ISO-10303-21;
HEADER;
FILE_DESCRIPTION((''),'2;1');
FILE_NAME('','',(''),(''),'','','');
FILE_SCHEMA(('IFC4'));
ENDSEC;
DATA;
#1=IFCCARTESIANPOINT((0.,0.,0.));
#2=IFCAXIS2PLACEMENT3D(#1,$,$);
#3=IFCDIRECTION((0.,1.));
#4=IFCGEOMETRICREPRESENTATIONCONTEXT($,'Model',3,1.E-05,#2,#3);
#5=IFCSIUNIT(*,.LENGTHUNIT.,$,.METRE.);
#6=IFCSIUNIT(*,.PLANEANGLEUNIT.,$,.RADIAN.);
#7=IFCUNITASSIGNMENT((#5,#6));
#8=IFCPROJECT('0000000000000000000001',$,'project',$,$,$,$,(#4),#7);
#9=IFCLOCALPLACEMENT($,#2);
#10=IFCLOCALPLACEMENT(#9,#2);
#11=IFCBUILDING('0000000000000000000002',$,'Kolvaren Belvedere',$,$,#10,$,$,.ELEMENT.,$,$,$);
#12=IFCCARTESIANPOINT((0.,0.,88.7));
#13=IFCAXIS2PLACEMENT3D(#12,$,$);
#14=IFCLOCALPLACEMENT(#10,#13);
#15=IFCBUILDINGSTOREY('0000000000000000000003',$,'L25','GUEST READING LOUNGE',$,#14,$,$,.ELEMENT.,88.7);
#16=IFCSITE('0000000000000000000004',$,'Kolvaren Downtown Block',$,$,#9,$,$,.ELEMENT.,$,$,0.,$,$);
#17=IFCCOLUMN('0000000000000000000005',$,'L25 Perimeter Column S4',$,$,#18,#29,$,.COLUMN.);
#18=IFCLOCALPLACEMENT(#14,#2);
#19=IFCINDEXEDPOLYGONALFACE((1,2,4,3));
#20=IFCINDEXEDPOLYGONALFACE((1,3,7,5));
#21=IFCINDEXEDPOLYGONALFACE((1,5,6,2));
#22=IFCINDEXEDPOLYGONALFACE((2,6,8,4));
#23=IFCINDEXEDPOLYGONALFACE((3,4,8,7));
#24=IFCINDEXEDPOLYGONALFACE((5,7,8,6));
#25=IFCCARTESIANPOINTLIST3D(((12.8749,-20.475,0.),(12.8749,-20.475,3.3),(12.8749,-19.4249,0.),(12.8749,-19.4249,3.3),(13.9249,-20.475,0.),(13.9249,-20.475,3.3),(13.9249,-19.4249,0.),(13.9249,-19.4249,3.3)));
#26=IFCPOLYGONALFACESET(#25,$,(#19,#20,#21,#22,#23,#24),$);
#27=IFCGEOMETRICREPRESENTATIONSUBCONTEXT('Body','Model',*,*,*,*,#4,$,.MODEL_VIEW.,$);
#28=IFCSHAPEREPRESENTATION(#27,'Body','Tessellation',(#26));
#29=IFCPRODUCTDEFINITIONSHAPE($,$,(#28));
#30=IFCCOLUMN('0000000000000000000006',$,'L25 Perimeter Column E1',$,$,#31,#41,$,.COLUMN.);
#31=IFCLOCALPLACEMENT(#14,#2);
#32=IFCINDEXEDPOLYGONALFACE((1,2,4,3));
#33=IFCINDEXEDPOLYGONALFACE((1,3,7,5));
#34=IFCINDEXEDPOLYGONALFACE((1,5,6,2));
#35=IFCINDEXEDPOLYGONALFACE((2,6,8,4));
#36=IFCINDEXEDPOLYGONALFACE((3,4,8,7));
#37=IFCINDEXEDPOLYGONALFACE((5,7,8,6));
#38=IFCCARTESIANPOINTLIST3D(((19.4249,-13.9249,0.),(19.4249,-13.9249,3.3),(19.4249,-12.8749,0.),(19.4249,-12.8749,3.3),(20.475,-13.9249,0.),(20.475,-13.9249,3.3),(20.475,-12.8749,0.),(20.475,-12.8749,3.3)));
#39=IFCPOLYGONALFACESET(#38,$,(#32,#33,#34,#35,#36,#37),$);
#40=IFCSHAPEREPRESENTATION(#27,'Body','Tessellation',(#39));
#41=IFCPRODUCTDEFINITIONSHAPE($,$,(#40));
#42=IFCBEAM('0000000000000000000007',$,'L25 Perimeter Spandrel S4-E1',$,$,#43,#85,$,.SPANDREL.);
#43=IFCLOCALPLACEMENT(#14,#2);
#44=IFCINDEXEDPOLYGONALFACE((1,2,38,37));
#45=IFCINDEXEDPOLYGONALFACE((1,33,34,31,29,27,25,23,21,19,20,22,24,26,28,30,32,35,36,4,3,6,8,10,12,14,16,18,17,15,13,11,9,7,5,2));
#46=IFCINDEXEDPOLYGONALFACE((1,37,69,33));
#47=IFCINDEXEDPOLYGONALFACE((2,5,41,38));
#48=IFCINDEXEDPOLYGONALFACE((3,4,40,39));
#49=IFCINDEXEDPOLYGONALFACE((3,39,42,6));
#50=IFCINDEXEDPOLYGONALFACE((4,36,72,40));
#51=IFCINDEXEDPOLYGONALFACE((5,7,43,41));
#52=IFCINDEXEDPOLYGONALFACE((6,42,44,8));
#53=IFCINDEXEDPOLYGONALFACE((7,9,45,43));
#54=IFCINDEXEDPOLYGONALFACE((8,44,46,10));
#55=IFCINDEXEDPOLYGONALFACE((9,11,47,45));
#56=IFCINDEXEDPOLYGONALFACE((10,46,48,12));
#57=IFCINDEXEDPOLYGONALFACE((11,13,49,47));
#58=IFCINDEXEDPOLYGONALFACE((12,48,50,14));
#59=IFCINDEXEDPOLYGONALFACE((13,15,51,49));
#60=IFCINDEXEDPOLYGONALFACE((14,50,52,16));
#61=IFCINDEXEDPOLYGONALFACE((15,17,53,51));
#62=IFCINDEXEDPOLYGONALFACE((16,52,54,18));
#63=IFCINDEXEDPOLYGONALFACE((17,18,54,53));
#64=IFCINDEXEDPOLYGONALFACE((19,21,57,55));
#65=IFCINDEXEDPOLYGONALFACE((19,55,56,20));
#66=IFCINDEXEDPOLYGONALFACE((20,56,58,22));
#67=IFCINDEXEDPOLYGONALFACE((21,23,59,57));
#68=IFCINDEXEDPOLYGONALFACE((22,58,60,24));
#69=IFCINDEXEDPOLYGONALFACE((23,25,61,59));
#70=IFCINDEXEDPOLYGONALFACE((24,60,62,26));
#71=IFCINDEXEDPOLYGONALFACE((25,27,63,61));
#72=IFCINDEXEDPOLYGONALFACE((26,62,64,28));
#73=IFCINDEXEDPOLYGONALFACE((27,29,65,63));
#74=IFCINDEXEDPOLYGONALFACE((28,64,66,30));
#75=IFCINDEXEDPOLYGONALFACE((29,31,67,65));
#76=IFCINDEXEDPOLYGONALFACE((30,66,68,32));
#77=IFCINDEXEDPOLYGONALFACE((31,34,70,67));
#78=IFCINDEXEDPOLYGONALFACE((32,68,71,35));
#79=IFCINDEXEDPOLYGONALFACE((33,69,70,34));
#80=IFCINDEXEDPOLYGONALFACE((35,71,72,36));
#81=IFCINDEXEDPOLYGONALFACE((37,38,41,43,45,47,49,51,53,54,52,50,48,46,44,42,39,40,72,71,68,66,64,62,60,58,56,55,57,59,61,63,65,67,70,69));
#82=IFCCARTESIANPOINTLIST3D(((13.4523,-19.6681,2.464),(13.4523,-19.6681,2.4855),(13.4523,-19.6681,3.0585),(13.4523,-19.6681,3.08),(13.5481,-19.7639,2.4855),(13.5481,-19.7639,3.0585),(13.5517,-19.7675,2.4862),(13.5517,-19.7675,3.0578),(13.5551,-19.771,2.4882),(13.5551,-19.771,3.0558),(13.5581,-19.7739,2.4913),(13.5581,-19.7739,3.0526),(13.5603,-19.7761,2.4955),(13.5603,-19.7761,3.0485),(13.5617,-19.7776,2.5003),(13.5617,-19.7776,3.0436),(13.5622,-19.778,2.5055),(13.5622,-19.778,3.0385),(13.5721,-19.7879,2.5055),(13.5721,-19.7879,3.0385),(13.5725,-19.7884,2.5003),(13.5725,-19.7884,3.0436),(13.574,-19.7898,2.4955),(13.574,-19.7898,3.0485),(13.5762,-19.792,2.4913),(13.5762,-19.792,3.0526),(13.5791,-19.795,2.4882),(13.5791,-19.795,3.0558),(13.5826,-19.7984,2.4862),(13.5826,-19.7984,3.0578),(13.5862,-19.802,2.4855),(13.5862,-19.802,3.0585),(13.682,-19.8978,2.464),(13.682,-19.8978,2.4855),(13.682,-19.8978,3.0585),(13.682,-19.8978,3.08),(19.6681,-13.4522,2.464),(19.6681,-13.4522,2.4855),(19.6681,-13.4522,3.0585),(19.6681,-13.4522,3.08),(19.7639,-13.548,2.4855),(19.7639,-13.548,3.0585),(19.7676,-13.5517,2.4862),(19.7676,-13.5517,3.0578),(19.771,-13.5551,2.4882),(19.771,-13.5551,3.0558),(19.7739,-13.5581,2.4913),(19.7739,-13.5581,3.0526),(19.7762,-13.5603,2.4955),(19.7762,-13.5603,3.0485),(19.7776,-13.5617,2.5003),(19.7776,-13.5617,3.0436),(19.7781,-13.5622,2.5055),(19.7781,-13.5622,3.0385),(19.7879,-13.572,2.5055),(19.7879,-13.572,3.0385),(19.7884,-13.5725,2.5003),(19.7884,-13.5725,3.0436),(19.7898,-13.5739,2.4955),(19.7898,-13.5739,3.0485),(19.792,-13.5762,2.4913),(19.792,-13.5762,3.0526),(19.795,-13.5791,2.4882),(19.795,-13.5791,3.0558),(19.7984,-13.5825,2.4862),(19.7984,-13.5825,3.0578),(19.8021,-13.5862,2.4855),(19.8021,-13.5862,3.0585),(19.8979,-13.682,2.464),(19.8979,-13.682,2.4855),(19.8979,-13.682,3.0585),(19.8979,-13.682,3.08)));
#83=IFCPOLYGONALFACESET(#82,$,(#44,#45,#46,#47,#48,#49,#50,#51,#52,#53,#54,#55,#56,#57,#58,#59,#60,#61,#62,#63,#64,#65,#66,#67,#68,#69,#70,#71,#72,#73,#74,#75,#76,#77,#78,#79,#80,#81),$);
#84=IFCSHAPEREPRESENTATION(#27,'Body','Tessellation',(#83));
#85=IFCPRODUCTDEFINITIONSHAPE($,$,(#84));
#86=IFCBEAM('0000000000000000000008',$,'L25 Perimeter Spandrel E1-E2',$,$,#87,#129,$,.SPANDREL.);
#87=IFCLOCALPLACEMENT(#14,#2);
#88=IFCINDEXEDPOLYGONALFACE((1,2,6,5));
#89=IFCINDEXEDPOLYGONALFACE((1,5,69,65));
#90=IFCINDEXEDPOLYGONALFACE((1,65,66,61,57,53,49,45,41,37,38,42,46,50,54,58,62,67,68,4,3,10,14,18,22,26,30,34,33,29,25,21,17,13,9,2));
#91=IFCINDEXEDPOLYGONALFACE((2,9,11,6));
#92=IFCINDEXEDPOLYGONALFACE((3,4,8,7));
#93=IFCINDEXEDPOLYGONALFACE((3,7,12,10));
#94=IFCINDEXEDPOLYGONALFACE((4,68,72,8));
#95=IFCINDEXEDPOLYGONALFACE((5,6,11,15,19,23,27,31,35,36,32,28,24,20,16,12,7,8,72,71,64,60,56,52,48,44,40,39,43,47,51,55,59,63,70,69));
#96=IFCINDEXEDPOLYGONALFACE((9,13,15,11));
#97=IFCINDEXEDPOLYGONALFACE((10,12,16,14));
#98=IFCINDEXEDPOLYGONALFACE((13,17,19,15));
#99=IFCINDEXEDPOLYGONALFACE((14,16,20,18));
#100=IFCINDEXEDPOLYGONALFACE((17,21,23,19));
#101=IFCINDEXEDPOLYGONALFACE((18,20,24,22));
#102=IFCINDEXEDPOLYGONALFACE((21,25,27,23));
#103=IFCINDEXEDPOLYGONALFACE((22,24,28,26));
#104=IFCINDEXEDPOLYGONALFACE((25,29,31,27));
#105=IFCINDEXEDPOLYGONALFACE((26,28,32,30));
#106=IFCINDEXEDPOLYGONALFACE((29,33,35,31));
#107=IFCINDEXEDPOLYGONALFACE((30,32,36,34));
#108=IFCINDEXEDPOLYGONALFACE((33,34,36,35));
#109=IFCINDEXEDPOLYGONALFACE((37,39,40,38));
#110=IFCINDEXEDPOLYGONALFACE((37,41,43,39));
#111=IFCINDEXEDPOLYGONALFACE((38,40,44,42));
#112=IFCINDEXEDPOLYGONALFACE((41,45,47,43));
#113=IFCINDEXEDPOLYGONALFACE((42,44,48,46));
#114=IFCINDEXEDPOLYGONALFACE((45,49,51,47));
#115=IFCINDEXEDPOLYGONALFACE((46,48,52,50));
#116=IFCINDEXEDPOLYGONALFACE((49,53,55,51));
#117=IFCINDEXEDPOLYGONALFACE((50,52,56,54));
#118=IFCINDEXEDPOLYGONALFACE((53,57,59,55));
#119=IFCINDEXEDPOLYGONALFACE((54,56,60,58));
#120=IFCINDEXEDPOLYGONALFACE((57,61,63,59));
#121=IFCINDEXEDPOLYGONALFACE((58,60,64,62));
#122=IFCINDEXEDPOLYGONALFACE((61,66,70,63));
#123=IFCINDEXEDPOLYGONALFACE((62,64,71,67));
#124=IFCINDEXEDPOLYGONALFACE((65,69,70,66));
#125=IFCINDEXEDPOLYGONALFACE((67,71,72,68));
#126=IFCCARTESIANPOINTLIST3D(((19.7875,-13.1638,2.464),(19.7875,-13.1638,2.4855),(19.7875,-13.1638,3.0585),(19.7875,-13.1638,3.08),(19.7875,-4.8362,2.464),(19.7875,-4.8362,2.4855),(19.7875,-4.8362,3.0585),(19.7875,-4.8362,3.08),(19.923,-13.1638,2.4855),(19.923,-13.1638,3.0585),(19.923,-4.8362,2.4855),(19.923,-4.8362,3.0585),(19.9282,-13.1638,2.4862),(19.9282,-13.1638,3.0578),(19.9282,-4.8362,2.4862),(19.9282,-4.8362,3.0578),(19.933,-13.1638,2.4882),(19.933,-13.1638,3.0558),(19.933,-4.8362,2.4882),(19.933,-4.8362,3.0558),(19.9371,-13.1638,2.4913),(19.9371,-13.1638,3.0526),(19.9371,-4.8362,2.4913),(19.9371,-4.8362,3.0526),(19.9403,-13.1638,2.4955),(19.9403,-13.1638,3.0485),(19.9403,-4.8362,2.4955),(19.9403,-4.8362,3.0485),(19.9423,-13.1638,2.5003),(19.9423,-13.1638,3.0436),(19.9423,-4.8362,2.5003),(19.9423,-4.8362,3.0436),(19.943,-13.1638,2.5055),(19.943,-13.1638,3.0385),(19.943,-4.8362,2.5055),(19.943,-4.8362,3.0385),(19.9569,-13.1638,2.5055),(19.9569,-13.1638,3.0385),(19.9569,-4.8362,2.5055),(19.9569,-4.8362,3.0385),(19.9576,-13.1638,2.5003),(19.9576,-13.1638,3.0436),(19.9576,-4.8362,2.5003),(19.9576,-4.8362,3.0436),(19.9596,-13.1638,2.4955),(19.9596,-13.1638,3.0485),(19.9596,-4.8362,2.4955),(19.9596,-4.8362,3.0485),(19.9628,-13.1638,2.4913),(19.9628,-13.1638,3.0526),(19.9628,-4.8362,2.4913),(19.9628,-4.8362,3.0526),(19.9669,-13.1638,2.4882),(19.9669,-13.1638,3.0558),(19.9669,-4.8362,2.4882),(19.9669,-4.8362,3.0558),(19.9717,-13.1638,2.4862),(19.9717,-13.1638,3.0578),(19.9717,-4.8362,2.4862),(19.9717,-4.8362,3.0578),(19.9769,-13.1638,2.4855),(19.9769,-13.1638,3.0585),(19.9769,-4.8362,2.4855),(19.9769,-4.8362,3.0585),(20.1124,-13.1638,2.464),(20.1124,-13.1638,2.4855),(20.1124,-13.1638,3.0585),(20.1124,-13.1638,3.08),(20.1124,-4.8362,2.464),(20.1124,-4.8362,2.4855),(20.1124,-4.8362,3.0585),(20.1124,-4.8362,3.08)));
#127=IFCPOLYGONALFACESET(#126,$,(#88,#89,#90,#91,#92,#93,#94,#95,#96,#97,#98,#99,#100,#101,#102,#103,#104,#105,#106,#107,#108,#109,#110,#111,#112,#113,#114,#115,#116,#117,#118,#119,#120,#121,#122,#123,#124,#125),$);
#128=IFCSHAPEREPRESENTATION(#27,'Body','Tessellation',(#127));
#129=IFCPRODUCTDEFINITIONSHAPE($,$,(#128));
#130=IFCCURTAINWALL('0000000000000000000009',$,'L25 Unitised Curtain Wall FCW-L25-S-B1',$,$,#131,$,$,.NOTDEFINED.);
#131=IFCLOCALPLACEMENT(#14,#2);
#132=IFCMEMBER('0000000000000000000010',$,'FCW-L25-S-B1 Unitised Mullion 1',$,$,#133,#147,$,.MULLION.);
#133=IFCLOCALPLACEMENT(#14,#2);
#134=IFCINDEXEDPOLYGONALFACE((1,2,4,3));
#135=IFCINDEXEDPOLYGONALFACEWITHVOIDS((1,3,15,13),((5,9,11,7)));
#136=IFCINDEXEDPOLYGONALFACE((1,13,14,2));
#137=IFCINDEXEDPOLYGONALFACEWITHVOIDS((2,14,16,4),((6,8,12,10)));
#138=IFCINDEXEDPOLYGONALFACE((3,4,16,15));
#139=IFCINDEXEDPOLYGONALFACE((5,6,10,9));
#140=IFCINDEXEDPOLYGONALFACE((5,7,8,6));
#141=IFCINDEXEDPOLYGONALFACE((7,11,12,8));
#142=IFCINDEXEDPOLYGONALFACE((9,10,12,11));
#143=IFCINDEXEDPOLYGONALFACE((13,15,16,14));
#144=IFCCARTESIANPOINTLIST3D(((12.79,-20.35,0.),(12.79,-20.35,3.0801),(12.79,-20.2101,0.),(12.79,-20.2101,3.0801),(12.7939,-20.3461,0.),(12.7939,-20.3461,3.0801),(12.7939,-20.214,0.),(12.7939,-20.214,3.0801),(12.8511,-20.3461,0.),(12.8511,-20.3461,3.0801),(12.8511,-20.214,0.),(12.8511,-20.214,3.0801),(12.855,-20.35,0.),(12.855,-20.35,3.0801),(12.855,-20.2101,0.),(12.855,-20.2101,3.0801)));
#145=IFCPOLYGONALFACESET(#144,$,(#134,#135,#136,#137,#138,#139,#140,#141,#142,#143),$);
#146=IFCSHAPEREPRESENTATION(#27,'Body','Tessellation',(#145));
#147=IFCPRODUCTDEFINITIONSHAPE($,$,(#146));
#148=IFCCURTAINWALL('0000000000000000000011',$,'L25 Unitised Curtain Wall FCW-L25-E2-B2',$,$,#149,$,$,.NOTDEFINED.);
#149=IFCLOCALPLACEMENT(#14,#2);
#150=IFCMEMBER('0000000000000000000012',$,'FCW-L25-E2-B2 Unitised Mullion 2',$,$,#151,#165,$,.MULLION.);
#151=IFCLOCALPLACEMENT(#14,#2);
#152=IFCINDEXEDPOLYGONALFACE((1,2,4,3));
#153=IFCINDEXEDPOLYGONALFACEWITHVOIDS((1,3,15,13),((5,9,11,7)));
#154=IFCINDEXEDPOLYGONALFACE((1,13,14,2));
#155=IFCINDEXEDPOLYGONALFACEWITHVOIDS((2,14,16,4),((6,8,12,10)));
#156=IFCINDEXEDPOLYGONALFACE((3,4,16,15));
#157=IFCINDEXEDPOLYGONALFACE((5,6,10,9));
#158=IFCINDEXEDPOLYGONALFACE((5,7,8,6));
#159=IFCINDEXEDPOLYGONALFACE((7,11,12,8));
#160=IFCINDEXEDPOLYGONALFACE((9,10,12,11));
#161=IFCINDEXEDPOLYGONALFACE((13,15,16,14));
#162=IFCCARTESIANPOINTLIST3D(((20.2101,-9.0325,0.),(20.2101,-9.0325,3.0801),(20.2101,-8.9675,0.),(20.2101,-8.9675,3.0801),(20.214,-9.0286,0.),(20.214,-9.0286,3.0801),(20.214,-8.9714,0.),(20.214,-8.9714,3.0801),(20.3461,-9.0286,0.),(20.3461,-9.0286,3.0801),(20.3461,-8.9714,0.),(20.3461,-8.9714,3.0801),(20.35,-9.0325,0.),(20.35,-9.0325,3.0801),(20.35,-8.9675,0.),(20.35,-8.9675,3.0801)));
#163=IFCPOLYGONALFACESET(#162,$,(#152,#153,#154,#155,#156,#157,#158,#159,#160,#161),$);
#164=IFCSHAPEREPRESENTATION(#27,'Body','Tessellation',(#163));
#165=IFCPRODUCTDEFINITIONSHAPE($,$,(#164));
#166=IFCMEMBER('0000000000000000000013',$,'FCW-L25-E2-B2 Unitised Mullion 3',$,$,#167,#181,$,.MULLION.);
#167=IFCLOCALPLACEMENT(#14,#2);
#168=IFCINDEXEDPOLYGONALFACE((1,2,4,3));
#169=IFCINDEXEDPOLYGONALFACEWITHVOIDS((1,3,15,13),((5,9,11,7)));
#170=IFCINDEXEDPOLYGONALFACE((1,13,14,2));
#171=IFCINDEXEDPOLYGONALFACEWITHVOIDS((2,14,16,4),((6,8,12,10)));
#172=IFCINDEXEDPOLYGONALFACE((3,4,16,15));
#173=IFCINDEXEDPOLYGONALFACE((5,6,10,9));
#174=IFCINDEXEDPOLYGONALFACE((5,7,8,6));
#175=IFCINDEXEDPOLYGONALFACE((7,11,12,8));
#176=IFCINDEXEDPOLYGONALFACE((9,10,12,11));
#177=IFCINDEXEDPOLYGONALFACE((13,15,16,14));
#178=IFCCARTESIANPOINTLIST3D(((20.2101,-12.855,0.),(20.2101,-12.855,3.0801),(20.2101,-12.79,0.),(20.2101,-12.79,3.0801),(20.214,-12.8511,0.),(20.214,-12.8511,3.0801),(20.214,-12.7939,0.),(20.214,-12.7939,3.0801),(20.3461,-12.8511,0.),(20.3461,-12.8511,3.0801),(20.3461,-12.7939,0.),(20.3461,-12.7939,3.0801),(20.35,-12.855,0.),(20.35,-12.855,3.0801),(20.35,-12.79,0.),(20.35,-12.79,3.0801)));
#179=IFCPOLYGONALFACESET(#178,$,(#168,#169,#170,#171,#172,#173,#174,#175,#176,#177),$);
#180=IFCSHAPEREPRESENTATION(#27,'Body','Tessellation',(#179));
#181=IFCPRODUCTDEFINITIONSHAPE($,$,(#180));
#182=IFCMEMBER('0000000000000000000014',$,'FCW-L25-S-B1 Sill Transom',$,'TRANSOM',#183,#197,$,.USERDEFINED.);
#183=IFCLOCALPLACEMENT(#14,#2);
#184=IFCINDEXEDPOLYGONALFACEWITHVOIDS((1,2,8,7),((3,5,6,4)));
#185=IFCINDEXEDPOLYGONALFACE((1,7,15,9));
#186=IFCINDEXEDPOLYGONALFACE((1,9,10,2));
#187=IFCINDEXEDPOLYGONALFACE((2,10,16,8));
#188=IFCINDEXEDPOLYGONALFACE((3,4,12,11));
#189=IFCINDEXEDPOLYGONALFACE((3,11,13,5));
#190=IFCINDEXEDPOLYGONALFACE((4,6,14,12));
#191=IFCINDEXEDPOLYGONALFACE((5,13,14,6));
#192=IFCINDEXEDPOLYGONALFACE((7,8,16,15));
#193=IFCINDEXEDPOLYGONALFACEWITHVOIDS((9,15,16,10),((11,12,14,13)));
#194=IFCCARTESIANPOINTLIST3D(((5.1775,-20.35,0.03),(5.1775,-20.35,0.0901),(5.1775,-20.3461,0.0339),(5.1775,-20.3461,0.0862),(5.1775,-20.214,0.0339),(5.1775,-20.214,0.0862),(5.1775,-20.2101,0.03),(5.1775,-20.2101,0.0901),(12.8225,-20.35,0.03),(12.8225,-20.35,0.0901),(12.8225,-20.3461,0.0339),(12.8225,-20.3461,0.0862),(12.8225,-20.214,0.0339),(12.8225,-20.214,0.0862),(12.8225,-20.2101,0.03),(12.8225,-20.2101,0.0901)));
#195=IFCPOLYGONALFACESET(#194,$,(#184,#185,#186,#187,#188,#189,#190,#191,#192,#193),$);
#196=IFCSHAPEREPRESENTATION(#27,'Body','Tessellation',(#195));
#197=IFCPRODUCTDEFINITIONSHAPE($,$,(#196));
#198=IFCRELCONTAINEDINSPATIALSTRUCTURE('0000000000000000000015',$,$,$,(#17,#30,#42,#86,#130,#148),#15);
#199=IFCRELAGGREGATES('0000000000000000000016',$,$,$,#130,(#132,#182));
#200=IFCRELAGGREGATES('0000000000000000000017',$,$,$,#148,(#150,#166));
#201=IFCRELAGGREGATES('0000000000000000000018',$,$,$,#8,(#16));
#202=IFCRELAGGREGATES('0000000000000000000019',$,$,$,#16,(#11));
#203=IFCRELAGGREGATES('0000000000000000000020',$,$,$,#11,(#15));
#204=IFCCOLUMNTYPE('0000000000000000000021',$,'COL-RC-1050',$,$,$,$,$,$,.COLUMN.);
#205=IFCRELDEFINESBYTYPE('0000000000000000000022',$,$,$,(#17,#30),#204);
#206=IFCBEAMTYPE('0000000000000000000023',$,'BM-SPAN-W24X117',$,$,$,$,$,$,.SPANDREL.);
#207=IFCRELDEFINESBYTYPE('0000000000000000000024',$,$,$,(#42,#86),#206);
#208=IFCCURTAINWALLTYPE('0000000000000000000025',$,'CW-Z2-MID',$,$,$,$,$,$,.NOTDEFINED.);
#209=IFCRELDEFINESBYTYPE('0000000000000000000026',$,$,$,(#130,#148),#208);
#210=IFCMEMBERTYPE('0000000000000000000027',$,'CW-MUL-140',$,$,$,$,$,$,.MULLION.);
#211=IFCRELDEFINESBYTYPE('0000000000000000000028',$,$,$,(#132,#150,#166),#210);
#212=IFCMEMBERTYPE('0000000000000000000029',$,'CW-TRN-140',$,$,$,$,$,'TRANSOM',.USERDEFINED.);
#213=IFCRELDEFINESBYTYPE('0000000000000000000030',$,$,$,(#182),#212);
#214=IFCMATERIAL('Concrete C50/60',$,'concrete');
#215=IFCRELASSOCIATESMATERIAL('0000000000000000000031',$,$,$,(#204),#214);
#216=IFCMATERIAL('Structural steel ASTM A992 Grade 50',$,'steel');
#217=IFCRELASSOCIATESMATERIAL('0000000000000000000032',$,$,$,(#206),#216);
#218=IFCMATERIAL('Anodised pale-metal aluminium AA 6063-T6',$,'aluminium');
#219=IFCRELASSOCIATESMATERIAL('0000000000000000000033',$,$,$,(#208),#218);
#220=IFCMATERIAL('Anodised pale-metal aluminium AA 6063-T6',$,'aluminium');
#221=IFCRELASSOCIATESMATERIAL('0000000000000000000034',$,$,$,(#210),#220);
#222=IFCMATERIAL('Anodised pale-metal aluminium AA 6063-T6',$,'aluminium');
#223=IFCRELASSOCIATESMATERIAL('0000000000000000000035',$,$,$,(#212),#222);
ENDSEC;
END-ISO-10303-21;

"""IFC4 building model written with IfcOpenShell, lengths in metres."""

from ifc_helpers import new_model, si_unit, direction, frame, origin, origin_2d, place, context, subcontext, project, spatial, rectangle, hollow_rectangle, i_section, extrude, material, material_profile, profile_set, type_object, element, aggregate, save


model = new_model("IFC4")

# Units and contexts
model_context = context("Model", 3, precision=1e-05, world=origin(), true_north=direction((0.0, 1.0)))
body_context = subcontext(model_context, "Body", "Model", "MODEL_VIEW")
ifc_project = project(units=[si_unit("LENGTHUNIT", "METRE"), si_unit("PLANEANGLEUNIT", "RADIAN")], contexts=[model_context])

# Site, building, storey
site_placement = place(None, origin())
site = spatial("IfcSite", under=ifc_project, at=site_placement, Name="Kolvaren Downtown Block", CompositionType="ELEMENT", RefElevation=0.0)
building_placement = place(site_placement, origin())
building = spatial("IfcBuilding", under=site, at=building_placement, Name="Kolvaren Belvedere", CompositionType="ELEMENT")
storey_placement = place(building_placement, frame((0.0, 0.0, 88.7)))
storey = spatial("IfcBuildingStorey", under=building, at=storey_placement, Name="L25", Description="GUEST READING LOUNGE", CompositionType="ELEMENT", Elevation=88.7)

# Columns
ifc_material_1 = material(Name="Concrete C50/60", Category="concrete")
ifc_material_profile_1 = material_profile(ifc_material_1, rectangle(XDim=1.05, YDim=1.05, at=origin_2d()), Name="RC 1050X1050")
ifc_profile_set_1 = profile_set([ifc_material_profile_1], Name="Concrete C50/60")
column_type = type_object("IfcColumnType", Name="COL-RC-1050", PredefinedType="COLUMN", material=ifc_profile_set_1)
for number, where, z_axis, x_axis, name in (
    (1, (13.3999, -19.95, 0.0), (0.0, 0.0, 1.0), (1.0, 0.0, 0.0), "L25 Perimeter Column S4"),
    (2, (19.95, -13.3999, 0.0), (0.0, 0.0, 1.0), (1.0, 0.0, 0.0), "L25 Perimeter Column E1"),
):
    element("IfcColumn", number, at=place(storey_placement, frame(where, z_axis=z_axis, x_axis=x_axis)), inside=storey, type_object=column_type, Name=name, PredefinedType="COLUMN", context=body_context, shape_type="SweptSolid", body=[
        extrude(rectangle(XDim=1.05, YDim=1.05, at=origin_2d()), origin(), (0.0, 0.0, 1.0), 3.3),
    ])

# Beams
ifc_material_2 = material(Name="Structural steel ASTM A992 Grade 50", Category="steel")
ifc_material_profile_2 = material_profile(ifc_material_2, i_section(OverallWidth=0.325, OverallDepth=0.616, WebThickness=0.0139, FlangeThickness=0.0215, FilletRadius=0.02, at=origin_2d()), Name="W24X117")
ifc_profile_set_2 = profile_set([ifc_material_profile_2], Name="Structural steel ASTM A992 Grade 50")
beam_type = type_object("IfcBeamType", Name="BM-SPAN-W24X117", PredefinedType="SPANDREL", material=ifc_profile_set_2)
beam_1_placement = place(storey_placement, frame((13.5671, -19.783, 2.772), z_axis=(0.707107, 0.707107, 0.0), x_axis=(-0.707107, 0.707107, 0.0)))
element("IfcBeam", 3, at=beam_1_placement, inside=storey, type_object=beam_type, Name="L25 Perimeter Spandrel S4-E1", PredefinedType="SPANDREL", context=body_context, shape_type="SweptSolid", body=[
    extrude(i_section(OverallWidth=0.325, OverallDepth=0.616, WebThickness=0.0139, FlangeThickness=0.0215, FilletRadius=0.02, at=origin_2d()), origin(), (0.0, 0.0, 1.0), 8.7905),
])
beam_2_placement = place(storey_placement, frame((19.95, -13.1638, 2.772), z_axis=(0.0, 1.0, 0.0), x_axis=(-1.0, 0.0, 0.0)))
element("IfcBeam", 4, at=beam_2_placement, inside=storey, type_object=beam_type, Name="L25 Perimeter Spandrel E1-E2", PredefinedType="SPANDREL", context=body_context, shape_type="SweptSolid", body=[
    extrude(i_section(OverallWidth=0.325, OverallDepth=0.616, WebThickness=0.0139, FlangeThickness=0.0215, FilletRadius=0.02, at=origin_2d()), origin(), (0.0, 0.0, 1.0), 8.3276),
])

# Curtain wall, member
ifc_material_3 = material(Name="Anodised pale-metal aluminium AA 6063-T6", Category="aluminium")
curtain_wall_type = type_object("IfcCurtainWallType", Name="CW-Z2-MID", PredefinedType="NOTDEFINED", material=ifc_material_3)
curtain_wall_1_placement = place(storey_placement, origin())
curtain_wall_1 = element("IfcCurtainWall", 5, at=curtain_wall_1_placement, inside=storey, type_object=curtain_wall_type, Name="L25 Unitised Curtain Wall FCW-L25-S-B1", PredefinedType="NOTDEFINED")
ifc_material_4 = material(Name="Anodised pale-metal aluminium AA 6063-T6", Category="aluminium")
ifc_material_profile_3 = material_profile(ifc_material_4, hollow_rectangle(XDim=0.0649, YDim=0.1399, WallThickness=0.0039, at=origin_2d()), Name="ALU-MUL-140X65")
ifc_profile_set_3 = profile_set([ifc_material_profile_3], Name="Anodised pale-metal aluminium AA 6063-T6")
member_type_1 = type_object("IfcMemberType", Name="CW-MUL-140", PredefinedType="MULLION", material=ifc_profile_set_3)
member_1_placement = place(storey_placement, frame((12.8225, -20.28, 0.0), z_axis=(0.0, 0.0, 1.0), x_axis=(1.0, 0.0, 0.0)))
member_1 = element("IfcMember", 6, at=member_1_placement, type_object=member_type_1, Name="FCW-L25-S-B1 Unitised Mullion 1", PredefinedType="MULLION", context=body_context, shape_type="SweptSolid", body=[
    extrude(hollow_rectangle(XDim=0.0649, YDim=0.1399, WallThickness=0.0039, at=origin_2d()), origin(), (0.0, 0.0, 1.0), 3.0801),
])

# Curtain wall, members
curtain_wall_2_placement = place(storey_placement, origin())
curtain_wall_2 = element("IfcCurtainWall", 7, at=curtain_wall_2_placement, inside=storey, type_object=curtain_wall_type, Name="L25 Unitised Curtain Wall FCW-L25-E2-B2", PredefinedType="NOTDEFINED")
member_2_placement = place(storey_placement, frame((20.28, -9.0, 0.0), z_axis=(0.0, 0.0, 1.0), x_axis=(0.0, 1.0, 0.0)))
member_2 = element("IfcMember", 8, at=member_2_placement, type_object=member_type_1, Name="FCW-L25-E2-B2 Unitised Mullion 2", PredefinedType="MULLION", context=body_context, shape_type="SweptSolid", body=[
    extrude(hollow_rectangle(XDim=0.0649, YDim=0.1399, WallThickness=0.0039, at=origin_2d()), origin(), (0.0, 0.0, 1.0), 3.0801),
])
member_3_placement = place(storey_placement, frame((20.28, -12.8225, 0.0), z_axis=(0.0, 0.0, 1.0), x_axis=(0.0, 1.0, 0.0)))
member_3 = element("IfcMember", 9, at=member_3_placement, type_object=member_type_1, Name="FCW-L25-E2-B2 Unitised Mullion 3", PredefinedType="MULLION", context=body_context, shape_type="SweptSolid", body=[
    extrude(hollow_rectangle(XDim=0.0649, YDim=0.1399, WallThickness=0.0039, at=origin_2d()), origin(), (0.0, 0.0, 1.0), 3.0801),
])

# Member
ifc_material_5 = material(Name="Anodised pale-metal aluminium AA 6063-T6", Category="aluminium")
ifc_material_profile_4 = material_profile(ifc_material_5, hollow_rectangle(XDim=0.0601, YDim=0.1399, WallThickness=0.0039, at=origin_2d()), Name="ALU-TRN-140X60")
ifc_profile_set_4 = profile_set([ifc_material_profile_4], Name="Anodised pale-metal aluminium AA 6063-T6")
member_type_2 = type_object("IfcMemberType", Name="CW-TRN-140", ElementType="TRANSOM", PredefinedType="USERDEFINED", material=ifc_profile_set_4)
member_4_placement = place(storey_placement, frame((12.8225, -20.28, 0.0601), z_axis=(-1.0, 0.0, 0.0), x_axis=(0.0, 0.0, 1.0)))
member_4 = element("IfcMember", 10, at=member_4_placement, type_object=member_type_2, Name="FCW-L25-S-B1 Sill Transom", ObjectType="TRANSOM", PredefinedType="USERDEFINED", context=body_context, shape_type="SweptSolid", body=[
    extrude(hollow_rectangle(XDim=0.0601, YDim=0.1399, WallThickness=0.0039, at=origin_2d()), origin(), (0.0, 0.0, 1.0), 7.645),
])
aggregate(curtain_wall_1, [member_1, member_4])

aggregate(curtain_wall_2, [member_2, member_3])

save(model, "model.ifc")
